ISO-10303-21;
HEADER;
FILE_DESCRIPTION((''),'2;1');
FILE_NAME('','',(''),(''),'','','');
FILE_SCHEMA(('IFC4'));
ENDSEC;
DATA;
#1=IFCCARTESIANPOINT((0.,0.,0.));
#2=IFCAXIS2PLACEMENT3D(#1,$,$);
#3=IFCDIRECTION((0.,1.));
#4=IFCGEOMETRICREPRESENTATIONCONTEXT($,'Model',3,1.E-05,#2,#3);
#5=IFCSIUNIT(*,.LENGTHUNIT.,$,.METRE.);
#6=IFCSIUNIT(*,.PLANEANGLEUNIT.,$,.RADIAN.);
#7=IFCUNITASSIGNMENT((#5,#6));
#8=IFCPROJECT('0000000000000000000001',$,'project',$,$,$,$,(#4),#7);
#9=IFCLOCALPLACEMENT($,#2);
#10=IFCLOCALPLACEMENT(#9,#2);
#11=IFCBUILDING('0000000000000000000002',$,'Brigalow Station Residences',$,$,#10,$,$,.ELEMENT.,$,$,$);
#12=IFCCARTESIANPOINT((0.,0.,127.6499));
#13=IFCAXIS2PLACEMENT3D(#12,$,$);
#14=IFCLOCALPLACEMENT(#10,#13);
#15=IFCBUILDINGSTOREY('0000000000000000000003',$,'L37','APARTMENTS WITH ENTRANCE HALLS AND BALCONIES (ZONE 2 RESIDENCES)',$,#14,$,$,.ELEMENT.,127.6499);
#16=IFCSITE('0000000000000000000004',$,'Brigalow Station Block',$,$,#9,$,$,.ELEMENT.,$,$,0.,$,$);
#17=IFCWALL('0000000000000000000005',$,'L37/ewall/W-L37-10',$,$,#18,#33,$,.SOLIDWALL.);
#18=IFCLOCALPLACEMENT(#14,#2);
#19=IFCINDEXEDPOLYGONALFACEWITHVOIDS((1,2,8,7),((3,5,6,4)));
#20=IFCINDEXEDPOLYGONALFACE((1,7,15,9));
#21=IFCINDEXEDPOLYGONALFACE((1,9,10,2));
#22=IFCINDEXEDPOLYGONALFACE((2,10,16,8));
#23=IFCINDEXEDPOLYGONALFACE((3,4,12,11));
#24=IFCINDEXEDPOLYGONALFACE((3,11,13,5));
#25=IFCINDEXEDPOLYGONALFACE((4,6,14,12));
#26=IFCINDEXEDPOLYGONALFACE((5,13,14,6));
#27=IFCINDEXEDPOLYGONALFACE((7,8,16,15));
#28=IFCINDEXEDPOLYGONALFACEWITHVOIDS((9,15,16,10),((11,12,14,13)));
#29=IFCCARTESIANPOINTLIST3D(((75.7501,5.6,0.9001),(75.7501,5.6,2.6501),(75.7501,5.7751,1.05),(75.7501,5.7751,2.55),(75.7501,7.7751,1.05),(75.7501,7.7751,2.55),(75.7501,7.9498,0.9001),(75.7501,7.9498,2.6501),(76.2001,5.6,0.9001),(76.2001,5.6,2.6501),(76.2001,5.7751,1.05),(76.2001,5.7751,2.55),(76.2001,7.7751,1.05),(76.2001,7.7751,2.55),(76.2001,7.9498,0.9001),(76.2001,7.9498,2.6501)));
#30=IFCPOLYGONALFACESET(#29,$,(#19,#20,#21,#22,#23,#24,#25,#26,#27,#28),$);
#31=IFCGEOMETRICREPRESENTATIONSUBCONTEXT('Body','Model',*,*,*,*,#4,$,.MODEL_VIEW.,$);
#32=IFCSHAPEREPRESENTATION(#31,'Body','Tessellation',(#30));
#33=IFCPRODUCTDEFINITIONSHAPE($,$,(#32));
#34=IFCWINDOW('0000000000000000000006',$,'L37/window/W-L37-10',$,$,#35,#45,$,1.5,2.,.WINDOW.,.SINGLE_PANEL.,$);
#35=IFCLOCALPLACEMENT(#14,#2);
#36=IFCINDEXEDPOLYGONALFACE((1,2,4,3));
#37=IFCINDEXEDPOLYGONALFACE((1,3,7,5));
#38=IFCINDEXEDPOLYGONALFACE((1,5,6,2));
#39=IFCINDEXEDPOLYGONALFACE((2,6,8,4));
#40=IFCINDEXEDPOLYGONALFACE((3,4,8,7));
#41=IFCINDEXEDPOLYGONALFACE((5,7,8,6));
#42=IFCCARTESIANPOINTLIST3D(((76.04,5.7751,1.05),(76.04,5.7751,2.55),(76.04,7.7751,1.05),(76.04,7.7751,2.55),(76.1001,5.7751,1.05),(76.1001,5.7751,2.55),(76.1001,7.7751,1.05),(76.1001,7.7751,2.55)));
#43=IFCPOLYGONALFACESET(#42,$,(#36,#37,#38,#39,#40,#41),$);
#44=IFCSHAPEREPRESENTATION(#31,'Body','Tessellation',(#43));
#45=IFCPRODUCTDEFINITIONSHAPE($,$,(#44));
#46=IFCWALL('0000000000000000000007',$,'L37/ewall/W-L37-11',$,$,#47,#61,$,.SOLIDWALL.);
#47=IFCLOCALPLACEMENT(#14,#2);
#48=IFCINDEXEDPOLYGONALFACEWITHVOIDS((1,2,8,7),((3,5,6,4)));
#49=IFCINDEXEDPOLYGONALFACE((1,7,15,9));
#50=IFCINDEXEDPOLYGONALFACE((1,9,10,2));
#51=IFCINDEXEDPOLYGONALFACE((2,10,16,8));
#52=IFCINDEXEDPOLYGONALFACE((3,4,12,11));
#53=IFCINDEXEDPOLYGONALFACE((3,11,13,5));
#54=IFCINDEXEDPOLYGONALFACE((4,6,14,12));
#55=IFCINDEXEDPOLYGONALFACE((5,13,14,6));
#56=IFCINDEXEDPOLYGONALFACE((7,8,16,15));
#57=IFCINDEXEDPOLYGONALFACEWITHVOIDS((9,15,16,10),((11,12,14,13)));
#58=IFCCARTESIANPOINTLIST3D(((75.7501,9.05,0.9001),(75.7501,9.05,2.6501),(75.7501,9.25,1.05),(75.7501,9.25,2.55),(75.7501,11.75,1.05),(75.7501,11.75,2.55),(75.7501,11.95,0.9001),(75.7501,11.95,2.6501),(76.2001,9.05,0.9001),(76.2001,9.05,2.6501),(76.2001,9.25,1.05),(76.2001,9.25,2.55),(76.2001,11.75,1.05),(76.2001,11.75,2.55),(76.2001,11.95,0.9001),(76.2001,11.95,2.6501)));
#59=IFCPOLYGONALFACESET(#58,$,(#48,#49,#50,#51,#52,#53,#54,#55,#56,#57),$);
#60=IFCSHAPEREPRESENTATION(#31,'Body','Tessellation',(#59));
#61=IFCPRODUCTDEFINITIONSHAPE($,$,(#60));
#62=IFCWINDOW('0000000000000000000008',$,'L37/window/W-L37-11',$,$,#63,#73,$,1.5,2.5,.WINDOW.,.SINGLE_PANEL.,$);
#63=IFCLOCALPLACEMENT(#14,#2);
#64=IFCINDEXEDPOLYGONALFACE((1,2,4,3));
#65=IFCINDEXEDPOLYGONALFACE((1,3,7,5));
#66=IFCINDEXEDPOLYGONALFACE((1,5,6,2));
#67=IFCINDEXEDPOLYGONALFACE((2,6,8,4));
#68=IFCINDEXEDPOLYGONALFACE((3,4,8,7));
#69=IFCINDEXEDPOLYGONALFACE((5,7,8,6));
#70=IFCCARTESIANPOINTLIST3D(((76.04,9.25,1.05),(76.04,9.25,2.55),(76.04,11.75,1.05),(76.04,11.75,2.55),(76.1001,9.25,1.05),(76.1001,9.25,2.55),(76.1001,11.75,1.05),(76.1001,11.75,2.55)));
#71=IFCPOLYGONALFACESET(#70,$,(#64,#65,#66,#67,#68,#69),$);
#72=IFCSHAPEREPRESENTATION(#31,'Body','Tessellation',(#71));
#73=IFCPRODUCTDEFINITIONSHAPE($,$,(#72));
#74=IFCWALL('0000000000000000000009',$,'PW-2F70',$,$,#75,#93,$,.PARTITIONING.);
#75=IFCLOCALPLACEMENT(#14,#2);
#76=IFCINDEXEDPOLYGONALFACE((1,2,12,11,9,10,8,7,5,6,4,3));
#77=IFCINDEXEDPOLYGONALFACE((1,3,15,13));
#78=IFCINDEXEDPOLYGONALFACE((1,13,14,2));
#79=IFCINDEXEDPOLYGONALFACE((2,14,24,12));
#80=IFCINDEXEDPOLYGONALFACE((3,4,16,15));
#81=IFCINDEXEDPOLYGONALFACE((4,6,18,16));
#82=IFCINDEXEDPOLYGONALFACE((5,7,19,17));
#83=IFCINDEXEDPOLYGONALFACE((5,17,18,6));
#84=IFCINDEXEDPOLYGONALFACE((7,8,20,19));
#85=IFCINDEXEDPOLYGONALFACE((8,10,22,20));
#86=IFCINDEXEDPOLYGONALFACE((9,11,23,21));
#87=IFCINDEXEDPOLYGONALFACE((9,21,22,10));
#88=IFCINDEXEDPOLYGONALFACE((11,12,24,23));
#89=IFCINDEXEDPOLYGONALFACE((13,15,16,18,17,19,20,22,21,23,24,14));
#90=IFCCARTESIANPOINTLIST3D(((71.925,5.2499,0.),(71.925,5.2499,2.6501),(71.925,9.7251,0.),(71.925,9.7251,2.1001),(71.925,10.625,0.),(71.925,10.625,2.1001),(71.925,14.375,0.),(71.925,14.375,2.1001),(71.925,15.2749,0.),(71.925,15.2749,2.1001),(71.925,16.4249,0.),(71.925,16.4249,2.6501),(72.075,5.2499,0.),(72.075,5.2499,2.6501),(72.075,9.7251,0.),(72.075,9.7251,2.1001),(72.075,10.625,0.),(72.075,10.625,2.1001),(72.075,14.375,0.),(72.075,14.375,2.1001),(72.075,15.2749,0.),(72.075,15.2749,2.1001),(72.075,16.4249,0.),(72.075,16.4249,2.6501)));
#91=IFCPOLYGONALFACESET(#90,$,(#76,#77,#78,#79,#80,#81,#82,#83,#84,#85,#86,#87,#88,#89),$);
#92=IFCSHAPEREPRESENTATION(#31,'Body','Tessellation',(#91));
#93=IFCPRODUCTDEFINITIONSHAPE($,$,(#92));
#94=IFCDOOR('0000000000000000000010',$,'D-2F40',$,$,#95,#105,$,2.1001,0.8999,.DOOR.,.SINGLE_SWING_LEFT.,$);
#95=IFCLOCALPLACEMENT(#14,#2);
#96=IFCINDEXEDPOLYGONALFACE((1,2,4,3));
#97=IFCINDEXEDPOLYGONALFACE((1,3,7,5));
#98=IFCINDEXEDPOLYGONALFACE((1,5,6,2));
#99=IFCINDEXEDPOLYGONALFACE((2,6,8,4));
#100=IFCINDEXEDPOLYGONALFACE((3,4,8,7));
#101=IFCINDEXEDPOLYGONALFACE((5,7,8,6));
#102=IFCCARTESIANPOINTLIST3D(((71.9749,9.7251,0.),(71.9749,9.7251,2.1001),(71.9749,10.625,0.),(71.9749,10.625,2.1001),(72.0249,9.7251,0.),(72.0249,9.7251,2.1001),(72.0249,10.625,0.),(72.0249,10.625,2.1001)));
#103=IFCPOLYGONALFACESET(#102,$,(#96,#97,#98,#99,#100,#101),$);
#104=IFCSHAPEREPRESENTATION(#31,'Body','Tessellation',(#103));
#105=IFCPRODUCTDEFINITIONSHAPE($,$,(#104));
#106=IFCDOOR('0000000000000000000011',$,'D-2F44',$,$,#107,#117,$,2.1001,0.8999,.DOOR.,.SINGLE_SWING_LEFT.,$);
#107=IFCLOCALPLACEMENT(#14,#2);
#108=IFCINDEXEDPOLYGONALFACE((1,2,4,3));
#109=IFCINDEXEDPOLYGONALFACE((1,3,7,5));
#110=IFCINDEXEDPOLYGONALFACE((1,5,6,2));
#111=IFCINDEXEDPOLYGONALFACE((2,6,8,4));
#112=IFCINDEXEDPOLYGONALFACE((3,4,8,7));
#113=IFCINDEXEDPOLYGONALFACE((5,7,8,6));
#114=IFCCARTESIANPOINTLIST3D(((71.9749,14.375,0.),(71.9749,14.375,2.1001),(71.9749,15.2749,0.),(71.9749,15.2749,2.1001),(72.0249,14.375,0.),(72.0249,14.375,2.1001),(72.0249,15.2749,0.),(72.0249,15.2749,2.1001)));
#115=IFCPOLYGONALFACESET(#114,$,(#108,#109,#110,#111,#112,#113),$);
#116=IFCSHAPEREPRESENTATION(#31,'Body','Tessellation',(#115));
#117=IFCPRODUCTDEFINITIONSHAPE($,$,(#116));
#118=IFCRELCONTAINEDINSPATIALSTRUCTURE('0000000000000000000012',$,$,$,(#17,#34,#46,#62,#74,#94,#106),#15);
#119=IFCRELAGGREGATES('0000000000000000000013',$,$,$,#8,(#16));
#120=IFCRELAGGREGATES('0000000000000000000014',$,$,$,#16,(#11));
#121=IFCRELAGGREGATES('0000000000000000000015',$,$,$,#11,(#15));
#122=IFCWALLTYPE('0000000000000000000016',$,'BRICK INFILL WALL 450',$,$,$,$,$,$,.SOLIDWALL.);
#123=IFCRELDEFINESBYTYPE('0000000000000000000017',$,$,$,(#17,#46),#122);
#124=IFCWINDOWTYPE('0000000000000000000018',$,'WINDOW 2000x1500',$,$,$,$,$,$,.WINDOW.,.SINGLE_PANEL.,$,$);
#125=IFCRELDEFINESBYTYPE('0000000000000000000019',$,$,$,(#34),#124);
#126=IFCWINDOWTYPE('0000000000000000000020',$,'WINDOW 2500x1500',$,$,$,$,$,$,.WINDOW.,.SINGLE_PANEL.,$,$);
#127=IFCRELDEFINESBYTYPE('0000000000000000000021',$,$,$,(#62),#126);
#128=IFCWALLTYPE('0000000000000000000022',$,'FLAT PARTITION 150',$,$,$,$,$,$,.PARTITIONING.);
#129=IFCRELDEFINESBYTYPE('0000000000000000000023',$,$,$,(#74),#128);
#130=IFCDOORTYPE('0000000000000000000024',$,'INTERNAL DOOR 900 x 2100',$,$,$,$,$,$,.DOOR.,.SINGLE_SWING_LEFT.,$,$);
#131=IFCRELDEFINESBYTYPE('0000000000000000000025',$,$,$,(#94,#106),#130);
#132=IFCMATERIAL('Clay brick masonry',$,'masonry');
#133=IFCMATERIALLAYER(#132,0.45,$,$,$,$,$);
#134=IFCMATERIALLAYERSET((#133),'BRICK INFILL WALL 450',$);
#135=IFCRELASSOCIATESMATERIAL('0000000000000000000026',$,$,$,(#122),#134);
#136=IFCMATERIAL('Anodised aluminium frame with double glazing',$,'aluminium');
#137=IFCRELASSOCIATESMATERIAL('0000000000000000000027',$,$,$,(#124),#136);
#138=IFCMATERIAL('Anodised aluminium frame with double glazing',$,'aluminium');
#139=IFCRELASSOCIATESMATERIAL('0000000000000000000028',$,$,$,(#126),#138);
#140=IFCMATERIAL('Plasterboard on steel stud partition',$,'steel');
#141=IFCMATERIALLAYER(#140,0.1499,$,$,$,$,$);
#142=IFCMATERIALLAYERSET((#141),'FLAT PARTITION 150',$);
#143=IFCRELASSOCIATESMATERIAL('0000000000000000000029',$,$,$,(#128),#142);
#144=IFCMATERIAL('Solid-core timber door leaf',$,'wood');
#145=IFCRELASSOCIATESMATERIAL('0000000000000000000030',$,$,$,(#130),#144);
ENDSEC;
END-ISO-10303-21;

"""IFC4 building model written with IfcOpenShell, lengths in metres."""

from ifc_helpers import new_model, si_unit, direction, frame, frame_2d, origin, place, context, subcontext, project, spatial, rectangle, extrude, material, layer, layer_set, type_object, element, fill, save


model = new_model("IFC4")

# Units and contexts
model_context = context("Model", 3, precision=1e-05, world=origin(), true_north=direction((0.0, 1.0)))
body_context = subcontext(model_context, "Body", "Model", "MODEL_VIEW")
ifc_project = project(units=[si_unit("LENGTHUNIT", "METRE"), si_unit("PLANEANGLEUNIT", "RADIAN")], contexts=[model_context])

# Site, building, storey
site_placement = place(None, origin())
site = spatial("IfcSite", under=ifc_project, at=site_placement, Name="Brigalow Station Block", CompositionType="ELEMENT", RefElevation=0.0)
building_placement = place(site_placement, origin())
building = spatial("IfcBuilding", under=site, at=building_placement, Name="Brigalow Station Residences", CompositionType="ELEMENT")
storey_placement = place(building_placement, frame((0.0, 0.0, 127.6499)))
storey = spatial("IfcBuildingStorey", under=building, at=storey_placement, Name="L37", Description="APARTMENTS WITH ENTRANCE HALLS AND BALCONIES (ZONE 2 RESIDENCES)", CompositionType="ELEMENT", Elevation=127.6499)

# Walls, openings, windows
ifc_material_1 = material(Name="Clay brick masonry", Category="masonry")
ifc_layer_1 = layer(ifc_material_1, 0.45)
ifc_layer_set_1 = layer_set([ifc_layer_1], Name="BRICK INFILL WALL 450")
wall_type_1 = type_object("IfcWallType", Name="BRICK INFILL WALL 450", PredefinedType="SOLIDWALL", material=ifc_layer_set_1)
wall_1_placement = place(storey_placement, frame((75.9751, 5.6001, 0.9001), z_axis=(0.0, 0.0, 1.0), x_axis=(0.0, 1.0, 0.0)))
wall_1 = element("IfcWall", 1, at=wall_1_placement, inside=storey, type_object=wall_type_1, Name="L37/ewall/W-L37-10", PredefinedType="SOLIDWALL", context=body_context, shape_type="SweptSolid", body=[
    extrude(rectangle(XDim=2.3499, YDim=0.45, at=frame_2d((1.1748, 0.0))), origin(), (0.0, 0.0, 1.0), 1.75),
])
opening_1_placement = place(wall_1_placement, frame((0.175, 0.0, 0.1499)))
opening_1 = element("IfcOpeningElement", 2, at=opening_1_placement, cuts=wall_1, PredefinedType="OPENING", context=body_context, shape_type="SweptSolid", body=[
    extrude(rectangle(XDim=2.0, YDim=1.5, at=frame_2d((1.0, 0.75))), frame((0.0, 0.2349, 0.0), z_axis=(0.0, -1.0, 0.0), x_axis=(1.0, 0.0, 0.0)), (0.0, 0.0, 1.0), 0.47),
])
ifc_material_2 = material(Name="Anodised aluminium frame with double glazing", Category="aluminium")
window_type_1 = type_object("IfcWindowType", Name="WINDOW 2000x1500", PartitioningType="SINGLE_PANEL", PredefinedType="WINDOW", material=ifc_material_2)
window_1_placement = place(opening_1_placement, origin())
window_1 = element("IfcWindow", 3, at=window_1_placement, inside=storey, type_object=window_type_1, Name="L37/window/W-L37-10", OverallHeight=1.5, OverallWidth=2.0, PartitioningType="SINGLE_PANEL", PredefinedType="WINDOW", context=body_context, shape_type="SweptSolid", body=[
    extrude(rectangle(XDim=2.0, YDim=1.5, at=frame_2d((1.0, 0.75))), frame((0.0, -0.0649, 0.0), z_axis=(0.0, -1.0, 0.0), x_axis=(1.0, 0.0, 0.0)), (0.0, 0.0, 1.0), 0.0601),
])
fill(opening_1, window_1)
wall_2_placement = place(storey_placement, frame((75.9751, 9.05, 0.9001), z_axis=(0.0, 0.0, 1.0), x_axis=(0.0, 1.0, 0.0)))
wall_2 = element("IfcWall", 4, at=wall_2_placement, inside=storey, type_object=wall_type_1, Name="L37/ewall/W-L37-11", PredefinedType="SOLIDWALL", context=body_context, shape_type="SweptSolid", body=[
    extrude(rectangle(XDim=2.8999, YDim=0.45, at=frame_2d((1.45, 0.0))), origin(), (0.0, 0.0, 1.0), 1.75),
])
opening_2_placement = place(wall_2_placement, frame((0.2, 0.0, 0.1499)))
opening_2 = element("IfcOpeningElement", 5, at=opening_2_placement, cuts=wall_2, PredefinedType="OPENING", context=body_context, shape_type="SweptSolid", body=[
    extrude(rectangle(XDim=2.5, YDim=1.5, at=frame_2d((1.25, 0.75))), frame((0.0, 0.2349, 0.0), z_axis=(0.0, -1.0, 0.0), x_axis=(1.0, 0.0, 0.0)), (0.0, 0.0, 1.0), 0.47),
])
ifc_material_3 = material(Name="Anodised aluminium frame with double glazing", Category="aluminium")
window_type_2 = type_object("IfcWindowType", Name="WINDOW 2500x1500", PartitioningType="SINGLE_PANEL", PredefinedType="WINDOW", material=ifc_material_3)
window_2_placement = place(opening_2_placement, origin())
window_2 = element("IfcWindow", 6, at=window_2_placement, inside=storey, type_object=window_type_2, Name="L37/window/W-L37-11", OverallHeight=1.5, OverallWidth=2.5, PartitioningType="SINGLE_PANEL", PredefinedType="WINDOW", context=body_context, shape_type="SweptSolid", body=[
    extrude(rectangle(XDim=2.5, YDim=1.5, at=frame_2d((1.25, 0.75))), frame((0.0, -0.0649, 0.0), z_axis=(0.0, -1.0, 0.0), x_axis=(1.0, 0.0, 0.0)), (0.0, 0.0, 1.0), 0.0601),
])
fill(opening_2, window_2)

# Wall, openings, doors
ifc_material_4 = material(Name="Plasterboard on steel stud partition", Category="steel")
ifc_layer_2 = layer(ifc_material_4, 0.1499)
ifc_layer_set_2 = layer_set([ifc_layer_2], Name="FLAT PARTITION 150")
wall_type_2 = type_object("IfcWallType", Name="FLAT PARTITION 150", PredefinedType="PARTITIONING", material=ifc_layer_set_2)
wall_3_placement = place(storey_placement, frame((72.0, 5.25, 0.0), z_axis=(0.0, 0.0, 1.0), x_axis=(0.0, 1.0, 0.0)))
wall_3 = element("IfcWall", 7, at=wall_3_placement, inside=storey, type_object=wall_type_2, Name="PW-2F70", PredefinedType="PARTITIONING", context=body_context, shape_type="SweptSolid", body=[
    extrude(rectangle(XDim=11.175, YDim=0.1499, at=frame_2d((5.5874, 0.0))), origin(), (0.0, 0.0, 1.0), 2.6501),
])
opening_3_placement = place(wall_3_placement, frame((4.4751, 0.0, 0.0)))
opening_3 = element("IfcOpeningElement", 8, at=opening_3_placement, cuts=wall_3, PredefinedType="OPENING", context=body_context, shape_type="SweptSolid", body=[
    extrude(rectangle(XDim=0.8999, YDim=2.1001, at=frame_2d((0.45, 1.05))), frame((0.0, 0.085, 0.0), z_axis=(0.0, -1.0, 0.0), x_axis=(1.0, 0.0, 0.0)), (0.0, 0.0, 1.0), 0.1699),
])
opening_4_placement = place(wall_3_placement, frame((9.125, 0.0, 0.0)))
opening_4 = element("IfcOpeningElement", 9, at=opening_4_placement, cuts=wall_3, PredefinedType="OPENING", context=body_context, shape_type="SweptSolid", body=[
    extrude(rectangle(XDim=0.8999, YDim=2.1001, at=frame_2d((0.45, 1.05))), frame((0.0, 0.085, 0.0), z_axis=(0.0, -1.0, 0.0), x_axis=(1.0, 0.0, 0.0)), (0.0, 0.0, 1.0), 0.1699),
])
ifc_material_5 = material(Name="Solid-core timber door leaf", Category="wood")
door_type = type_object("IfcDoorType", Name="INTERNAL DOOR 900 x 2100", OperationType="SINGLE_SWING_LEFT", PredefinedType="DOOR", material=ifc_material_5)
door_1_placement = place(opening_3_placement, frame((0.8999, 0.0, 0.0), z_axis=(0.0, 0.0, 1.0), x_axis=(-1.0, 0.0, 0.0)))
door_1 = element("IfcDoor", 10, at=door_1_placement, inside=storey, type_object=door_type, Name="D-2F40", OperationType="SINGLE_SWING_LEFT", OverallHeight=2.1001, OverallWidth=0.8999, PredefinedType="DOOR", context=body_context, shape_type="SweptSolid", body=[
    extrude(rectangle(XDim=0.8999, YDim=2.1001, at=frame_2d((0.45, 1.05))), frame((0.0, 0.0249, 0.0), z_axis=(0.0, -1.0, 0.0), x_axis=(1.0, 0.0, 0.0)), (0.0, 0.0, 1.0), 0.05),
])
fill(opening_3, door_1)
door_2_placement = place(opening_4_placement, frame((0.8999, 0.0, 0.0), z_axis=(0.0, 0.0, 1.0), x_axis=(-1.0, 0.0, 0.0)))
door_2 = element("IfcDoor", 11, at=door_2_placement, inside=storey, type_object=door_type, Name="D-2F44", OperationType="SINGLE_SWING_LEFT", OverallHeight=2.1001, OverallWidth=0.8999, PredefinedType="DOOR", context=body_context, shape_type="SweptSolid", body=[
    extrude(rectangle(XDim=0.8999, YDim=2.1001, at=frame_2d((0.45, 1.05))), frame((0.0, 0.0249, 0.0), z_axis=(0.0, -1.0, 0.0), x_axis=(1.0, 0.0, 0.0)), (0.0, 0.0, 1.0), 0.05),
])
fill(opening_4, door_2)

save(model, "model.ifc")
